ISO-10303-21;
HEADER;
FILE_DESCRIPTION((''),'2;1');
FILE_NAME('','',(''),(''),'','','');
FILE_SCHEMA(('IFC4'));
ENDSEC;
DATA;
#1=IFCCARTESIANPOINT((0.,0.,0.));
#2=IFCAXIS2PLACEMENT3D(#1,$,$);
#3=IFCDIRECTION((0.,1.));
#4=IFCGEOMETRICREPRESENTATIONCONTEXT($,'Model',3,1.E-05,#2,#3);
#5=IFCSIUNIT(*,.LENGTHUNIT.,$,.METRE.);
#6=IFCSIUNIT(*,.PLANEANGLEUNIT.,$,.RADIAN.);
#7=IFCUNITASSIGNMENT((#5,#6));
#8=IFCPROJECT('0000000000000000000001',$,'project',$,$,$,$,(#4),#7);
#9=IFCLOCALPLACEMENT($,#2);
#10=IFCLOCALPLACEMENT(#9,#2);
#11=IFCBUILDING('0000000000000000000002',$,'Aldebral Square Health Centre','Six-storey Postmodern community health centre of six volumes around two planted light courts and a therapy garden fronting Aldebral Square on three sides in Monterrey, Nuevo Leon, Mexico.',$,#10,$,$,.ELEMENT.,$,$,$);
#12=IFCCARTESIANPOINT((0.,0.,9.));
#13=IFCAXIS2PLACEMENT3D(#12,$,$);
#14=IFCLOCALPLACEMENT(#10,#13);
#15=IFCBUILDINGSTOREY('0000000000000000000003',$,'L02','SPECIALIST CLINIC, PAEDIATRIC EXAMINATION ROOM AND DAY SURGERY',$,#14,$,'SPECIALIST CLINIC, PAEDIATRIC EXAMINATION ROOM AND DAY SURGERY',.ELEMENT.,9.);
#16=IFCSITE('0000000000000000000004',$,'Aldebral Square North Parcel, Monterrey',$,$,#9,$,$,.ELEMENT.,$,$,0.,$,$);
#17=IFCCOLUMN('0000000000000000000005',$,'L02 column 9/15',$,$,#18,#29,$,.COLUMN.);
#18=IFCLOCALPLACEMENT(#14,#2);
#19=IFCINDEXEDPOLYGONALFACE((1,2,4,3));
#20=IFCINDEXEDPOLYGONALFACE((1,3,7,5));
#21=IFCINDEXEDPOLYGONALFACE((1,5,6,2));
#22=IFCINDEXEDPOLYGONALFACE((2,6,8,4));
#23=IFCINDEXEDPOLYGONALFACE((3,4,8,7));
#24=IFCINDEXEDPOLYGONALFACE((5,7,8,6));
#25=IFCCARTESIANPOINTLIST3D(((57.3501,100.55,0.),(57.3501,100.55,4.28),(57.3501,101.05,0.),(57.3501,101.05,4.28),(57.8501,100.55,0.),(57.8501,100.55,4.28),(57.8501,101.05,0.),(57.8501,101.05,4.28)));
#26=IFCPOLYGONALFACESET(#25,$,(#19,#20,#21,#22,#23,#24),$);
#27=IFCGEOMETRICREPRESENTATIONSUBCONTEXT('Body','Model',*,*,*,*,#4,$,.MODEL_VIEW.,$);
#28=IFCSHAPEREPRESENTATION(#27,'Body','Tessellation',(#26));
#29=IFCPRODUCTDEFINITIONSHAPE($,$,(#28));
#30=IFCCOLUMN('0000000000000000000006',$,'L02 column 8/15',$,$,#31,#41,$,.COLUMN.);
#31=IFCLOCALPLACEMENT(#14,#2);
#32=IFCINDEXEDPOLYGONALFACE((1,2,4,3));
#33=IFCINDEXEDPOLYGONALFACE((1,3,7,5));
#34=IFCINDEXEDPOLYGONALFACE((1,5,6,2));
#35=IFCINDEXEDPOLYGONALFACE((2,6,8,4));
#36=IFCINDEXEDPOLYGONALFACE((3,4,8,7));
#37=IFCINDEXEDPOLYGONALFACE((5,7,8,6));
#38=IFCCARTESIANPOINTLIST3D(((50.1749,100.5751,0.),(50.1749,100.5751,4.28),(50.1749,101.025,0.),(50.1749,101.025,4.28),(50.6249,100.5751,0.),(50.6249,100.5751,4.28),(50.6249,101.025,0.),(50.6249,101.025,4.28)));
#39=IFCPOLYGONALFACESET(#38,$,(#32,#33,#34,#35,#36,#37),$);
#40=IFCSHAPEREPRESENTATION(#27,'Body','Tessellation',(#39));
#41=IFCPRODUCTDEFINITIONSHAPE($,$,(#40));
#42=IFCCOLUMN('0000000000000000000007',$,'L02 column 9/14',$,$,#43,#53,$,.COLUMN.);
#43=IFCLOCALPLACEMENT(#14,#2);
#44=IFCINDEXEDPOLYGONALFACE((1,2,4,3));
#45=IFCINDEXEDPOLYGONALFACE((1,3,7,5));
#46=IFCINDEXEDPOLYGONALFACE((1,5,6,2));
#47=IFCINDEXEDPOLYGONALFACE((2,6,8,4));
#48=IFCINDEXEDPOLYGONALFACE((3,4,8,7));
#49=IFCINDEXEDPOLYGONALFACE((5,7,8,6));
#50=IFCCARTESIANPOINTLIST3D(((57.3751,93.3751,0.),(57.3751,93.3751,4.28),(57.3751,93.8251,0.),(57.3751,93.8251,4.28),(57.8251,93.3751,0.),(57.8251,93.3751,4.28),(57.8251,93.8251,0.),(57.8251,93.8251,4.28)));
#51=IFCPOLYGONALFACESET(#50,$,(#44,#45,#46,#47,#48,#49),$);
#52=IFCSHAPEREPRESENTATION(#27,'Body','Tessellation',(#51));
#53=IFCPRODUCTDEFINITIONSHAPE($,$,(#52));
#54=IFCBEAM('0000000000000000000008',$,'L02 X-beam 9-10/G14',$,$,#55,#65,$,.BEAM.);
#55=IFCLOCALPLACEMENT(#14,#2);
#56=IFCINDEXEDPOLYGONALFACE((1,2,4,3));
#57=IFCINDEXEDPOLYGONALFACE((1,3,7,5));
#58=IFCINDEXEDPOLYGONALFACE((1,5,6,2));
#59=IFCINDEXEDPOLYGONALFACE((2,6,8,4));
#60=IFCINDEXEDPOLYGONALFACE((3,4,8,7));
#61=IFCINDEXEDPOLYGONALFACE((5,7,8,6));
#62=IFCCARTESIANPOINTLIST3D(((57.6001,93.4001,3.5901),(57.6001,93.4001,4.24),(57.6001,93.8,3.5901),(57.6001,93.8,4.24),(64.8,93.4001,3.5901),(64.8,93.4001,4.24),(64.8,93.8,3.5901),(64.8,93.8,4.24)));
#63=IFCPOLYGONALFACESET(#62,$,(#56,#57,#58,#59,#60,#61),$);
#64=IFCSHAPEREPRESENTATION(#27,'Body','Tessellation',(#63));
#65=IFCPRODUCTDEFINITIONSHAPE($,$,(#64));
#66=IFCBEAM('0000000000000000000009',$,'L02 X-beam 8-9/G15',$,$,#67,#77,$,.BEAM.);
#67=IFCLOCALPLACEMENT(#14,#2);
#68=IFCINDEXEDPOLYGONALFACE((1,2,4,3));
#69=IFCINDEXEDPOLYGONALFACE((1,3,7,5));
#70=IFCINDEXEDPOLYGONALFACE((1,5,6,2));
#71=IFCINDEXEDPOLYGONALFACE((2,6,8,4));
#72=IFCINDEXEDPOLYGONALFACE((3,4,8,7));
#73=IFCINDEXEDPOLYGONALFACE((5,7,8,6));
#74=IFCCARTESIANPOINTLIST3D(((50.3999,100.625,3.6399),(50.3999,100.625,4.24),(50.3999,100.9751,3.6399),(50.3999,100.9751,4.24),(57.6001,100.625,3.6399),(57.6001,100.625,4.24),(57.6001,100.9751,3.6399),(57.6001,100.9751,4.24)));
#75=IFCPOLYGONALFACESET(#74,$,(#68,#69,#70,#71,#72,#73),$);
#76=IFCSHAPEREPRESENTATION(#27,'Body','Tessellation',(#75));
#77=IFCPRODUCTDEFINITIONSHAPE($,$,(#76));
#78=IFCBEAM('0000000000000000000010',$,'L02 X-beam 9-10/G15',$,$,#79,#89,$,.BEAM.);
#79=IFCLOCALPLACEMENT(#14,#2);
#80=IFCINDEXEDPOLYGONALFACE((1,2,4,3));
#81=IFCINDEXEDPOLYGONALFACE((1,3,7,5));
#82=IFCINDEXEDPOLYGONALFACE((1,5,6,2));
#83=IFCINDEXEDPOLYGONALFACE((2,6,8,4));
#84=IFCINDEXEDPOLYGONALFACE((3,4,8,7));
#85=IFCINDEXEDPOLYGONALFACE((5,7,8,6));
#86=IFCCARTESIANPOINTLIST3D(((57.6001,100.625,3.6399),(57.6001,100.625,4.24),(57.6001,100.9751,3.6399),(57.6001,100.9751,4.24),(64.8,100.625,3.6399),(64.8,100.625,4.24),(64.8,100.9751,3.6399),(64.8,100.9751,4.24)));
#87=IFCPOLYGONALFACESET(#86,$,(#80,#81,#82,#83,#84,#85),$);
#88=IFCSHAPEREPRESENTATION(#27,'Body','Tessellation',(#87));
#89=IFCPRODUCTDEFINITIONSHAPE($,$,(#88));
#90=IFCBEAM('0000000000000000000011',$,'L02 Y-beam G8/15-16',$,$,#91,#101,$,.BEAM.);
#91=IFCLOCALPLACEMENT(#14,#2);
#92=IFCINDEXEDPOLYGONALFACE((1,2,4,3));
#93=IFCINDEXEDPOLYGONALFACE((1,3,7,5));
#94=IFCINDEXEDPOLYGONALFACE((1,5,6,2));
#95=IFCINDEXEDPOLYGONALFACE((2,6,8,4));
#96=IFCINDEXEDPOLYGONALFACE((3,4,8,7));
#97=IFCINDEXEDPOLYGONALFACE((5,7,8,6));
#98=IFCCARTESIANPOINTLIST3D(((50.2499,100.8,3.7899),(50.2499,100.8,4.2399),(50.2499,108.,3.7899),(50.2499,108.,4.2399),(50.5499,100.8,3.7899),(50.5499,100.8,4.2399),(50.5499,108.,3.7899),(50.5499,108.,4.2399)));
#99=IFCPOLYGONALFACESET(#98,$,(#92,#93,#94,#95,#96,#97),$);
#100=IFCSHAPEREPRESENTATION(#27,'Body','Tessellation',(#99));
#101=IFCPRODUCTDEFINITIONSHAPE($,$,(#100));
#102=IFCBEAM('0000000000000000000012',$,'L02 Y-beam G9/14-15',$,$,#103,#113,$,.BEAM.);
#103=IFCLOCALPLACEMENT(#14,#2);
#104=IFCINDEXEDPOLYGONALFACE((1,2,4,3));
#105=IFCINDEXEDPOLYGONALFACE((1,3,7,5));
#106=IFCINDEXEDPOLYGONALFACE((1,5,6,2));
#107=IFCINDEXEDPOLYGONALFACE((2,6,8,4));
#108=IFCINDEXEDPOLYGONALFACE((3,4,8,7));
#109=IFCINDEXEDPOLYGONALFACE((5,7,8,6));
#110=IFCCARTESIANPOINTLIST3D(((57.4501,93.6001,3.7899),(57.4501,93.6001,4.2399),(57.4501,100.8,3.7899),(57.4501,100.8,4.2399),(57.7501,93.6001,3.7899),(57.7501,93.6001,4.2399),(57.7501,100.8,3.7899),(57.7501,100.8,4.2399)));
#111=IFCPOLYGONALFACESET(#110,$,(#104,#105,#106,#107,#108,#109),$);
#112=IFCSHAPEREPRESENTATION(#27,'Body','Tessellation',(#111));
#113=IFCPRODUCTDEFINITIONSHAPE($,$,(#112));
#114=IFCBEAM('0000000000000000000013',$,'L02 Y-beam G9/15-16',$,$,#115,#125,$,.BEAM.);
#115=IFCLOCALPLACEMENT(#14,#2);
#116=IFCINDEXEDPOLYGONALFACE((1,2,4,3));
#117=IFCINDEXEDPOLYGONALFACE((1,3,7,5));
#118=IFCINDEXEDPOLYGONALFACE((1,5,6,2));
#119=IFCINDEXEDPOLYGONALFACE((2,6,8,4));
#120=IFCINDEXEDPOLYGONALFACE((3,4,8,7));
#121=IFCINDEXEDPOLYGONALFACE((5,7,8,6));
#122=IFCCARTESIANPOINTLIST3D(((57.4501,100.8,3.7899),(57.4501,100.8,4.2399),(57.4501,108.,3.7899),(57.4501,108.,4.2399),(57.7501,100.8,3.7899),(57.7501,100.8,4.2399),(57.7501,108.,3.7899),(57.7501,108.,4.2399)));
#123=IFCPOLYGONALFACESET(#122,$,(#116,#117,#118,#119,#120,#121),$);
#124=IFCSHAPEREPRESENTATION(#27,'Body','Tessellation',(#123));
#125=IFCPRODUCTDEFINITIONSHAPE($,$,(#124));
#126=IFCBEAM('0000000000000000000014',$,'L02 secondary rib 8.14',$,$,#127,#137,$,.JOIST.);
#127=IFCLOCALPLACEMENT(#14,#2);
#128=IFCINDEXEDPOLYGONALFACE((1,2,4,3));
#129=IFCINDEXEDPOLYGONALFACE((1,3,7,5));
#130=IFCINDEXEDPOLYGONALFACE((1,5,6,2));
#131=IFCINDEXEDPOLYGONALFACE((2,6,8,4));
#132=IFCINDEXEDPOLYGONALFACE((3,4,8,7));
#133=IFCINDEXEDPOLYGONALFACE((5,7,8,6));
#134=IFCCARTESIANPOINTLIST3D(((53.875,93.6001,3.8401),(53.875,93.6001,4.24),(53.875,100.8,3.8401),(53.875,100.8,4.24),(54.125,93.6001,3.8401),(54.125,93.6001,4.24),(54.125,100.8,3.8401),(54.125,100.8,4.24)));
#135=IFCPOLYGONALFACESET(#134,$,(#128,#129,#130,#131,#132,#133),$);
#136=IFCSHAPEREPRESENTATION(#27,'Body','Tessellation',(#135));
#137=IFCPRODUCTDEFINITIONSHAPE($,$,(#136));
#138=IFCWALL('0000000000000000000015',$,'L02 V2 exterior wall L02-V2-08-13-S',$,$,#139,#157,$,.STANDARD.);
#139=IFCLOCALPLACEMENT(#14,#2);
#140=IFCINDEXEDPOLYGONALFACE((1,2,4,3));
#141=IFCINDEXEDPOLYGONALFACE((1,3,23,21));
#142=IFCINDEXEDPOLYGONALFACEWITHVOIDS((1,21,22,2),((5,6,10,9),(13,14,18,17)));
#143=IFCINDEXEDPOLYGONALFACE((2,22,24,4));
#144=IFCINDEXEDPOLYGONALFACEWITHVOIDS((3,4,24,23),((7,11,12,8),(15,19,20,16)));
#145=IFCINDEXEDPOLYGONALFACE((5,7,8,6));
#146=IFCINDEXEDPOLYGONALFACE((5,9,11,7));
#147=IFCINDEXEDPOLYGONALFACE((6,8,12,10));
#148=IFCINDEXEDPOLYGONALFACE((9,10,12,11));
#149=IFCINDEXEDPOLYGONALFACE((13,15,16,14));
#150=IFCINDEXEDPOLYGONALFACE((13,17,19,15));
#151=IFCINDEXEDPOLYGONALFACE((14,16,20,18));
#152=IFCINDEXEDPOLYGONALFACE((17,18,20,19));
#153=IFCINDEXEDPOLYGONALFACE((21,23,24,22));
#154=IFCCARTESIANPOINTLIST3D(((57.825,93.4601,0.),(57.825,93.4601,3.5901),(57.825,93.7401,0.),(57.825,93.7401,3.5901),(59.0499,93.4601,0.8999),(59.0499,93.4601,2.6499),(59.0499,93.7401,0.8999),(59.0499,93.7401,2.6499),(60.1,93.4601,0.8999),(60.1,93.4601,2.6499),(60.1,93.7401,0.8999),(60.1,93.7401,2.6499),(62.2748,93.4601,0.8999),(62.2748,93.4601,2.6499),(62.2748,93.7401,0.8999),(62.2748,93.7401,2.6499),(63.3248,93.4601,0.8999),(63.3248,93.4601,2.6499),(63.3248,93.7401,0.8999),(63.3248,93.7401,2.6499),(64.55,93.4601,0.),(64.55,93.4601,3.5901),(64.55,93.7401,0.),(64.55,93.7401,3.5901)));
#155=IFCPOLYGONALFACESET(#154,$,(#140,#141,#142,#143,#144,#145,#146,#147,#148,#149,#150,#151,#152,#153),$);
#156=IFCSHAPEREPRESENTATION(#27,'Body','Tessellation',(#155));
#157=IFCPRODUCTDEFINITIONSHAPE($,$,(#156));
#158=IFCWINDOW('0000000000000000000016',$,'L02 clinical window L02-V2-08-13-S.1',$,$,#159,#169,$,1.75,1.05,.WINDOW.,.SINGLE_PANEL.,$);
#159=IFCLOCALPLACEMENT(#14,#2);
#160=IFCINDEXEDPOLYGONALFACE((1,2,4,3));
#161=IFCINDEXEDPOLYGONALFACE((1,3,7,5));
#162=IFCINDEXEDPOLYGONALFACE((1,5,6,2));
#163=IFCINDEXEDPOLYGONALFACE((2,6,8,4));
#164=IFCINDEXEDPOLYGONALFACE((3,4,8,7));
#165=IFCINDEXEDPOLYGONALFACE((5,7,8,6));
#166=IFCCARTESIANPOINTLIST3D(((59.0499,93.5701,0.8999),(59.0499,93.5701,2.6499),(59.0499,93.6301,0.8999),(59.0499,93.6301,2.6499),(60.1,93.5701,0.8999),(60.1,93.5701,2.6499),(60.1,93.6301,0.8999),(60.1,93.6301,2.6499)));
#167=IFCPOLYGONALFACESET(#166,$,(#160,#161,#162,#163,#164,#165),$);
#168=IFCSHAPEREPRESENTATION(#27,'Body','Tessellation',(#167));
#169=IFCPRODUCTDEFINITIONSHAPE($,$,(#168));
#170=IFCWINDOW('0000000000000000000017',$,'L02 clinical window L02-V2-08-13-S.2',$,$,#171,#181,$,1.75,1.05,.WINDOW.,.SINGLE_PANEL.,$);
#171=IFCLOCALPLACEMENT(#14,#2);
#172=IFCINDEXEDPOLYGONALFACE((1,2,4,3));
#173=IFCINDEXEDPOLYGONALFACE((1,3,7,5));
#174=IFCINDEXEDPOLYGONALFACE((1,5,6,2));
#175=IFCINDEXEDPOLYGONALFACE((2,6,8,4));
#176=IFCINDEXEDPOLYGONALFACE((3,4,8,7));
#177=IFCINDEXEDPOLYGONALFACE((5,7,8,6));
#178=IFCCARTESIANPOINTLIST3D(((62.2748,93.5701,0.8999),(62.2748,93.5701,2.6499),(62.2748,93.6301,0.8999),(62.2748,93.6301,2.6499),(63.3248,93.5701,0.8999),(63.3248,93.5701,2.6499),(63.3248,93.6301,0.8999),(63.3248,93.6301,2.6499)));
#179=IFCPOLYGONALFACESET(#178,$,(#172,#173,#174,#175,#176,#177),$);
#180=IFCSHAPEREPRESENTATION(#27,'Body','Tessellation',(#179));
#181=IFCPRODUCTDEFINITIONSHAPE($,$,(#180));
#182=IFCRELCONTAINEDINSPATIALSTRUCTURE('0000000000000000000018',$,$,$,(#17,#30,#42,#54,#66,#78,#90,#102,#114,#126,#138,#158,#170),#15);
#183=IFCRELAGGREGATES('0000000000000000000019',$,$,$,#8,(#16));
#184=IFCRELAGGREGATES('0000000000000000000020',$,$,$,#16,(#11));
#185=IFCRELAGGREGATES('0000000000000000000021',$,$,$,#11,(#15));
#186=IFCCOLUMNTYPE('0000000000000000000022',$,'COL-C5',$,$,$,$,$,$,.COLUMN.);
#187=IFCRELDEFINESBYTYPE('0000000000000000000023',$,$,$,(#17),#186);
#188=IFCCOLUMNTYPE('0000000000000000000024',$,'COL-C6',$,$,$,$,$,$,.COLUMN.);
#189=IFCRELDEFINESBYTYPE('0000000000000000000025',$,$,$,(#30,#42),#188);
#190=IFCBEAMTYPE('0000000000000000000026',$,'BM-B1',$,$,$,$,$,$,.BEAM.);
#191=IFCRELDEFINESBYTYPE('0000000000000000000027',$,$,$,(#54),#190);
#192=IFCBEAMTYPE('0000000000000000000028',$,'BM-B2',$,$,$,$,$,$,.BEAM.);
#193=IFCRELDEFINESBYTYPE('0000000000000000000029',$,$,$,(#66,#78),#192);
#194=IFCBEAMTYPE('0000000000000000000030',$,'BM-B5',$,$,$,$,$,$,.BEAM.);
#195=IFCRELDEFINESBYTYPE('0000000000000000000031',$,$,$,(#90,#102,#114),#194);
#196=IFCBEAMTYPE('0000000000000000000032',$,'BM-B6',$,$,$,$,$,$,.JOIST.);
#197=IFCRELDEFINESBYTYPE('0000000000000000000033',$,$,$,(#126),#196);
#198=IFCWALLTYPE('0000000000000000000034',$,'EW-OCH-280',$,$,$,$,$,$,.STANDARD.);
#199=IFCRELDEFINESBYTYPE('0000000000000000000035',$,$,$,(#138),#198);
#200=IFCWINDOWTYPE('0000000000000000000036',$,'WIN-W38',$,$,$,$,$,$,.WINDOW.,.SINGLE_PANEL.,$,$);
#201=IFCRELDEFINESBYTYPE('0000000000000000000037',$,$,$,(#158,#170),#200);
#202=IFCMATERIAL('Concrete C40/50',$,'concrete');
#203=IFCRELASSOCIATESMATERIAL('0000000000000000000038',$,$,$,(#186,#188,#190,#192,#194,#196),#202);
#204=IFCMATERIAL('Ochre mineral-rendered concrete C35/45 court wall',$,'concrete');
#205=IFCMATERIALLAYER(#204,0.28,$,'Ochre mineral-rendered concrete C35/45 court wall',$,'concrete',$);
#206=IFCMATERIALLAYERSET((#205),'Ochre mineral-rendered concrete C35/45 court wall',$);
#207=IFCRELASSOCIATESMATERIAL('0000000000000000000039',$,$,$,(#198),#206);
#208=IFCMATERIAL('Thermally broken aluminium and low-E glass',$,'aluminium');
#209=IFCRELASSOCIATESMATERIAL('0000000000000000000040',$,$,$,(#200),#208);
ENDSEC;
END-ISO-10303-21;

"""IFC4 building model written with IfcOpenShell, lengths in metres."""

from ifc_helpers import new_model, si_unit, direction, frame, frame_2d, origin, origin_2d, place, context, subcontext, project, spatial, rectangle, extrude, material, layer, layer_set, material_profile, profile_set, type_object, element, fill, save


model = new_model("IFC4")

# Units and contexts
model_context = context("Model", 3, precision=1e-05, world=origin(), true_north=direction((0.0, 1.0)))
body_context = subcontext(model_context, "Body", "Model", "MODEL_VIEW")
ifc_project = project(units=[si_unit("LENGTHUNIT", "METRE"), si_unit("PLANEANGLEUNIT", "RADIAN")], contexts=[model_context])

# Site, building, storey
site_placement = place(None, origin())
site = spatial("IfcSite", under=ifc_project, at=site_placement, Name="Aldebral Square North Parcel, Monterrey", CompositionType="ELEMENT", RefElevation=0.0)
building_placement = place(site_placement, origin())
building = spatial("IfcBuilding", under=site, at=building_placement, Name="Aldebral Square Health Centre", Description="Six-storey Postmodern community health centre of six volumes around two planted light courts and a therapy garden fronting Aldebral Square on three sides in Monterrey, Nuevo Leon, Mexico.", CompositionType="ELEMENT")
storey_placement = place(building_placement, frame((0.0, 0.0, 9.0)))
storey = spatial("IfcBuildingStorey", under=building, at=storey_placement, Name="L02", Description="SPECIALIST CLINIC, PAEDIATRIC EXAMINATION ROOM AND DAY SURGERY", LongName="SPECIALIST CLINIC, PAEDIATRIC EXAMINATION ROOM AND DAY SURGERY", CompositionType="ELEMENT", Elevation=9.0)

# Columns
ifc_material_1 = material(Name="Concrete C40/50", Category="concrete")
ifc_material_profile_1 = material_profile(ifc_material_1, rectangle(XDim=0.5, YDim=0.5, at=origin_2d()), Name="RC 500x500")
ifc_profile_set_1 = profile_set([ifc_material_profile_1], Name="Concrete C40/50")
column_type_1 = type_object("IfcColumnType", Name="COL-C5", PredefinedType="COLUMN", material=ifc_profile_set_1)
column_placement = place(storey_placement, frame((57.6001, 100.8, 0.0), z_axis=(0.0, 0.0, 1.0), x_axis=(1.0, 0.0, 0.0)))
element("IfcColumn", 1, at=column_placement, inside=storey, type_object=column_type_1, Name="L02 column 9/15", PredefinedType="COLUMN", context=body_context, shape_type="SweptSolid", body=[
    extrude(rectangle(XDim=0.5, YDim=0.5, at=origin_2d()), origin(), (0.0, 0.0, 1.0), 4.28),
])
ifc_material_profile_2 = material_profile(ifc_material_1, rectangle(XDim=0.45, YDim=0.45, at=origin_2d()), Name="RC 450x450")
ifc_profile_set_2 = profile_set([ifc_material_profile_2], Name="Concrete C40/50")
column_type_2 = type_object("IfcColumnType", Name="COL-C6", PredefinedType="COLUMN", material=ifc_profile_set_2)
for number, where, z_axis, x_axis, name in (
    (2, (50.3999, 100.8, 0.0), (0.0, 0.0, 1.0), (1.0, 0.0, 0.0), "L02 column 8/15"),
    (3, (57.6001, 93.6001, 0.0), (0.0, 0.0, 1.0), (1.0, 0.0, 0.0), "L02 column 9/14"),
):
    element("IfcColumn", number, at=place(storey_placement, frame(where, z_axis=z_axis, x_axis=x_axis)), inside=storey, type_object=column_type_2, Name=name, PredefinedType="COLUMN", context=body_context, shape_type="SweptSolid", body=[
        extrude(rectangle(XDim=0.45, YDim=0.45, at=origin_2d()), origin(), (0.0, 0.0, 1.0), 4.28),
    ])

# Beams
ifc_material_profile_3 = material_profile(ifc_material_1, rectangle(XDim=0.3999, YDim=0.6499, at=origin_2d()), Name="RC 400x650")
ifc_profile_set_3 = profile_set([ifc_material_profile_3], Name="Concrete C40/50")
beam_type_1 = type_object("IfcBeamType", Name="BM-B1", PredefinedType="BEAM", material=ifc_profile_set_3)
beam_1_placement = place(storey_placement, frame((57.6001, 93.6001, 3.915), z_axis=(1.0, 0.0, 0.0), x_axis=(0.0, 1.0, 0.0)))
element("IfcBeam", 4, at=beam_1_placement, inside=storey, type_object=beam_type_1, Name="L02 X-beam 9-10/G14", PredefinedType="BEAM", context=body_context, shape_type="SweptSolid", body=[
    extrude(rectangle(XDim=0.3999, YDim=0.6499, at=origin_2d()), origin(), (0.0, 0.0, 1.0), 7.2),
])
ifc_material_profile_4 = material_profile(ifc_material_1, rectangle(XDim=0.3501, YDim=0.6001, at=origin_2d()), Name="RC 350x600")
ifc_profile_set_4 = profile_set([ifc_material_profile_4], Name="Concrete C40/50")
beam_type_2 = type_object("IfcBeamType", Name="BM-B2", PredefinedType="BEAM", material=ifc_profile_set_4)
beam_2_placement = place(storey_placement, frame((50.3999, 100.8, 3.9399), z_axis=(1.0, 0.0, 0.0), x_axis=(0.0, 1.0, 0.0)))
element("IfcBeam", 5, at=beam_2_placement, inside=storey, type_object=beam_type_2, Name="L02 X-beam 8-9/G15", PredefinedType="BEAM", context=body_context, shape_type="SweptSolid", body=[
    extrude(rectangle(XDim=0.3501, YDim=0.6001, at=origin_2d()), origin(), (0.0, 0.0, 1.0), 7.2002),
])
beam_3_placement = place(storey_placement, frame((57.6001, 100.8, 3.9399), z_axis=(1.0, 0.0, 0.0), x_axis=(0.0, 1.0, 0.0)))
element("IfcBeam", 6, at=beam_3_placement, inside=storey, type_object=beam_type_2, Name="L02 X-beam 9-10/G15", PredefinedType="BEAM", context=body_context, shape_type="SweptSolid", body=[
    extrude(rectangle(XDim=0.3501, YDim=0.6001, at=origin_2d()), origin(), (0.0, 0.0, 1.0), 7.2),
])
ifc_material_profile_5 = material_profile(ifc_material_1, rectangle(XDim=0.3, YDim=0.45, at=origin_2d()), Name="RC 300x450")
ifc_profile_set_5 = profile_set([ifc_material_profile_5], Name="Concrete C40/50")
beam_type_3 = type_object("IfcBeamType", Name="BM-B5", PredefinedType="BEAM", material=ifc_profile_set_5)
for number, where, z_axis, x_axis, name in (
    (7, (50.3999, 100.8, 4.0149), (0.0, 1.0, 0.0), (-1.0, 0.0, 0.0), "L02 Y-beam G8/15-16"),
    (8, (57.6001, 93.6001, 4.0149), (0.0, 1.0, 0.0), (-1.0, 0.0, 0.0), "L02 Y-beam G9/14-15"),
    (9, (57.6001, 100.8, 4.0149), (0.0, 1.0, 0.0), (-1.0, 0.0, 0.0), "L02 Y-beam G9/15-16"),
):
    element("IfcBeam", number, at=place(storey_placement, frame(where, z_axis=z_axis, x_axis=x_axis)), inside=storey, type_object=beam_type_3, Name=name, PredefinedType="BEAM", context=body_context, shape_type="SweptSolid", body=[
        extrude(rectangle(XDim=0.3, YDim=0.45, at=origin_2d()), origin(), (0.0, 0.0, 1.0), 7.2),
    ])
ifc_material_profile_6 = material_profile(ifc_material_1, rectangle(XDim=0.25, YDim=0.3999, at=origin_2d()), Name="RC 250x400")
ifc_profile_set_6 = profile_set([ifc_material_profile_6], Name="Concrete C40/50")
beam_type_4 = type_object("IfcBeamType", Name="BM-B6", PredefinedType="JOIST", material=ifc_profile_set_6)
beam_4_placement = place(storey_placement, frame((54.0, 93.6001, 4.04), z_axis=(0.0, 1.0, 0.0), x_axis=(-1.0, 0.0, 0.0)))
element("IfcBeam", 10, at=beam_4_placement, inside=storey, type_object=beam_type_4, Name="L02 secondary rib 8.14", PredefinedType="JOIST", context=body_context, shape_type="SweptSolid", body=[
    extrude(rectangle(XDim=0.25, YDim=0.3999, at=origin_2d()), origin(), (0.0, 0.0, 1.0), 7.2),
])

# Wall, openings, windows
ifc_material_2 = material(Name="Ochre mineral-rendered concrete C35/45 court wall", Category="concrete")
ifc_layer_1 = layer(ifc_material_2, 0.28, Name="Ochre mineral-rendered concrete C35/45 court wall", Category="concrete")
ifc_layer_set_1 = layer_set([ifc_layer_1], Name="Ochre mineral-rendered concrete C35/45 court wall")
wall_type_1 = type_object("IfcWallType", Name="EW-OCH-280", PredefinedType="STANDARD", material=ifc_layer_set_1)
wall_1_placement = place(storey_placement, frame((57.825, 93.6001, 0.0), z_axis=(0.0, 0.0, 1.0), x_axis=(1.0, 0.0, 0.0)))
wall_1 = element("IfcWall", 11, at=wall_1_placement, inside=storey, type_object=wall_type_1, Name="L02 V2 exterior wall L02-V2-08-13-S", PredefinedType="STANDARD", context=body_context, shape_type="SweptSolid", body=[
    extrude(rectangle(XDim=6.7251, YDim=0.28, at=frame_2d((3.3625, 0.0))), origin(), (0.0, 0.0, 1.0), 3.5901),
])
opening_1_placement = place(wall_1_placement, frame((1.2251, 0.0, 0.8999)))
opening_1 = element("IfcOpeningElement", 12, at=opening_1_placement, cuts=wall_1, PredefinedType="OPENING", context=body_context, shape_type="SweptSolid", body=[
    extrude(rectangle(XDim=1.05, YDim=1.75, at=frame_2d((0.5249, 0.875))), frame((0.0, 0.1499, 0.0), z_axis=(0.0, -1.0, 0.0), x_axis=(1.0, 0.0, 0.0)), (0.0, 0.0, 1.0), 0.3),
])
opening_2_placement = place(wall_1_placement, frame((4.45, 0.0, 0.8999)))
opening_2 = element("IfcOpeningElement", 13, at=opening_2_placement, cuts=wall_1, PredefinedType="OPENING", context=body_context, shape_type="SweptSolid", body=[
    extrude(rectangle(XDim=1.05, YDim=1.75, at=frame_2d((0.5249, 0.875))), frame((0.0, 0.1499, 0.0), z_axis=(0.0, -1.0, 0.0), x_axis=(1.0, 0.0, 0.0)), (0.0, 0.0, 1.0), 0.3),
])
ifc_material_3 = material(Name="Thermally broken aluminium and low-E glass", Category="aluminium")
window_type = type_object("IfcWindowType", Name="WIN-W38", PartitioningType="SINGLE_PANEL", PredefinedType="WINDOW", material=ifc_material_3)
window_1_placement = place(opening_1_placement, origin())
window_1 = element("IfcWindow", 14, at=window_1_placement, inside=storey, type_object=window_type, Name="L02 clinical window L02-V2-08-13-S.1", OverallHeight=1.75, OverallWidth=1.05, PartitioningType="SINGLE_PANEL", PredefinedType="WINDOW", context=body_context, shape_type="SweptSolid", body=[
    extrude(rectangle(XDim=1.05, YDim=1.75, at=frame_2d((0.5249, 0.875))), frame((0.0, 0.03, 0.0), z_axis=(0.0, -1.0, 0.0), x_axis=(1.0, 0.0, 0.0)), (0.0, 0.0, 1.0), 0.0601),
])
fill(opening_1, window_1)
window_2_placement = place(opening_2_placement, origin())
window_2 = element("IfcWindow", 15, at=window_2_placement, inside=storey, type_object=window_type, Name="L02 clinical window L02-V2-08-13-S.2", OverallHeight=1.75, OverallWidth=1.05, PartitioningType="SINGLE_PANEL", PredefinedType="WINDOW", context=body_context, shape_type="SweptSolid", body=[
    extrude(rectangle(XDim=1.05, YDim=1.75, at=frame_2d((0.5249, 0.875))), frame((0.0, 0.03, 0.0), z_axis=(0.0, -1.0, 0.0), x_axis=(1.0, 0.0, 0.0)), (0.0, 0.0, 1.0), 0.0601),
])
fill(opening_2, window_2)

save(model, "model.ifc")
